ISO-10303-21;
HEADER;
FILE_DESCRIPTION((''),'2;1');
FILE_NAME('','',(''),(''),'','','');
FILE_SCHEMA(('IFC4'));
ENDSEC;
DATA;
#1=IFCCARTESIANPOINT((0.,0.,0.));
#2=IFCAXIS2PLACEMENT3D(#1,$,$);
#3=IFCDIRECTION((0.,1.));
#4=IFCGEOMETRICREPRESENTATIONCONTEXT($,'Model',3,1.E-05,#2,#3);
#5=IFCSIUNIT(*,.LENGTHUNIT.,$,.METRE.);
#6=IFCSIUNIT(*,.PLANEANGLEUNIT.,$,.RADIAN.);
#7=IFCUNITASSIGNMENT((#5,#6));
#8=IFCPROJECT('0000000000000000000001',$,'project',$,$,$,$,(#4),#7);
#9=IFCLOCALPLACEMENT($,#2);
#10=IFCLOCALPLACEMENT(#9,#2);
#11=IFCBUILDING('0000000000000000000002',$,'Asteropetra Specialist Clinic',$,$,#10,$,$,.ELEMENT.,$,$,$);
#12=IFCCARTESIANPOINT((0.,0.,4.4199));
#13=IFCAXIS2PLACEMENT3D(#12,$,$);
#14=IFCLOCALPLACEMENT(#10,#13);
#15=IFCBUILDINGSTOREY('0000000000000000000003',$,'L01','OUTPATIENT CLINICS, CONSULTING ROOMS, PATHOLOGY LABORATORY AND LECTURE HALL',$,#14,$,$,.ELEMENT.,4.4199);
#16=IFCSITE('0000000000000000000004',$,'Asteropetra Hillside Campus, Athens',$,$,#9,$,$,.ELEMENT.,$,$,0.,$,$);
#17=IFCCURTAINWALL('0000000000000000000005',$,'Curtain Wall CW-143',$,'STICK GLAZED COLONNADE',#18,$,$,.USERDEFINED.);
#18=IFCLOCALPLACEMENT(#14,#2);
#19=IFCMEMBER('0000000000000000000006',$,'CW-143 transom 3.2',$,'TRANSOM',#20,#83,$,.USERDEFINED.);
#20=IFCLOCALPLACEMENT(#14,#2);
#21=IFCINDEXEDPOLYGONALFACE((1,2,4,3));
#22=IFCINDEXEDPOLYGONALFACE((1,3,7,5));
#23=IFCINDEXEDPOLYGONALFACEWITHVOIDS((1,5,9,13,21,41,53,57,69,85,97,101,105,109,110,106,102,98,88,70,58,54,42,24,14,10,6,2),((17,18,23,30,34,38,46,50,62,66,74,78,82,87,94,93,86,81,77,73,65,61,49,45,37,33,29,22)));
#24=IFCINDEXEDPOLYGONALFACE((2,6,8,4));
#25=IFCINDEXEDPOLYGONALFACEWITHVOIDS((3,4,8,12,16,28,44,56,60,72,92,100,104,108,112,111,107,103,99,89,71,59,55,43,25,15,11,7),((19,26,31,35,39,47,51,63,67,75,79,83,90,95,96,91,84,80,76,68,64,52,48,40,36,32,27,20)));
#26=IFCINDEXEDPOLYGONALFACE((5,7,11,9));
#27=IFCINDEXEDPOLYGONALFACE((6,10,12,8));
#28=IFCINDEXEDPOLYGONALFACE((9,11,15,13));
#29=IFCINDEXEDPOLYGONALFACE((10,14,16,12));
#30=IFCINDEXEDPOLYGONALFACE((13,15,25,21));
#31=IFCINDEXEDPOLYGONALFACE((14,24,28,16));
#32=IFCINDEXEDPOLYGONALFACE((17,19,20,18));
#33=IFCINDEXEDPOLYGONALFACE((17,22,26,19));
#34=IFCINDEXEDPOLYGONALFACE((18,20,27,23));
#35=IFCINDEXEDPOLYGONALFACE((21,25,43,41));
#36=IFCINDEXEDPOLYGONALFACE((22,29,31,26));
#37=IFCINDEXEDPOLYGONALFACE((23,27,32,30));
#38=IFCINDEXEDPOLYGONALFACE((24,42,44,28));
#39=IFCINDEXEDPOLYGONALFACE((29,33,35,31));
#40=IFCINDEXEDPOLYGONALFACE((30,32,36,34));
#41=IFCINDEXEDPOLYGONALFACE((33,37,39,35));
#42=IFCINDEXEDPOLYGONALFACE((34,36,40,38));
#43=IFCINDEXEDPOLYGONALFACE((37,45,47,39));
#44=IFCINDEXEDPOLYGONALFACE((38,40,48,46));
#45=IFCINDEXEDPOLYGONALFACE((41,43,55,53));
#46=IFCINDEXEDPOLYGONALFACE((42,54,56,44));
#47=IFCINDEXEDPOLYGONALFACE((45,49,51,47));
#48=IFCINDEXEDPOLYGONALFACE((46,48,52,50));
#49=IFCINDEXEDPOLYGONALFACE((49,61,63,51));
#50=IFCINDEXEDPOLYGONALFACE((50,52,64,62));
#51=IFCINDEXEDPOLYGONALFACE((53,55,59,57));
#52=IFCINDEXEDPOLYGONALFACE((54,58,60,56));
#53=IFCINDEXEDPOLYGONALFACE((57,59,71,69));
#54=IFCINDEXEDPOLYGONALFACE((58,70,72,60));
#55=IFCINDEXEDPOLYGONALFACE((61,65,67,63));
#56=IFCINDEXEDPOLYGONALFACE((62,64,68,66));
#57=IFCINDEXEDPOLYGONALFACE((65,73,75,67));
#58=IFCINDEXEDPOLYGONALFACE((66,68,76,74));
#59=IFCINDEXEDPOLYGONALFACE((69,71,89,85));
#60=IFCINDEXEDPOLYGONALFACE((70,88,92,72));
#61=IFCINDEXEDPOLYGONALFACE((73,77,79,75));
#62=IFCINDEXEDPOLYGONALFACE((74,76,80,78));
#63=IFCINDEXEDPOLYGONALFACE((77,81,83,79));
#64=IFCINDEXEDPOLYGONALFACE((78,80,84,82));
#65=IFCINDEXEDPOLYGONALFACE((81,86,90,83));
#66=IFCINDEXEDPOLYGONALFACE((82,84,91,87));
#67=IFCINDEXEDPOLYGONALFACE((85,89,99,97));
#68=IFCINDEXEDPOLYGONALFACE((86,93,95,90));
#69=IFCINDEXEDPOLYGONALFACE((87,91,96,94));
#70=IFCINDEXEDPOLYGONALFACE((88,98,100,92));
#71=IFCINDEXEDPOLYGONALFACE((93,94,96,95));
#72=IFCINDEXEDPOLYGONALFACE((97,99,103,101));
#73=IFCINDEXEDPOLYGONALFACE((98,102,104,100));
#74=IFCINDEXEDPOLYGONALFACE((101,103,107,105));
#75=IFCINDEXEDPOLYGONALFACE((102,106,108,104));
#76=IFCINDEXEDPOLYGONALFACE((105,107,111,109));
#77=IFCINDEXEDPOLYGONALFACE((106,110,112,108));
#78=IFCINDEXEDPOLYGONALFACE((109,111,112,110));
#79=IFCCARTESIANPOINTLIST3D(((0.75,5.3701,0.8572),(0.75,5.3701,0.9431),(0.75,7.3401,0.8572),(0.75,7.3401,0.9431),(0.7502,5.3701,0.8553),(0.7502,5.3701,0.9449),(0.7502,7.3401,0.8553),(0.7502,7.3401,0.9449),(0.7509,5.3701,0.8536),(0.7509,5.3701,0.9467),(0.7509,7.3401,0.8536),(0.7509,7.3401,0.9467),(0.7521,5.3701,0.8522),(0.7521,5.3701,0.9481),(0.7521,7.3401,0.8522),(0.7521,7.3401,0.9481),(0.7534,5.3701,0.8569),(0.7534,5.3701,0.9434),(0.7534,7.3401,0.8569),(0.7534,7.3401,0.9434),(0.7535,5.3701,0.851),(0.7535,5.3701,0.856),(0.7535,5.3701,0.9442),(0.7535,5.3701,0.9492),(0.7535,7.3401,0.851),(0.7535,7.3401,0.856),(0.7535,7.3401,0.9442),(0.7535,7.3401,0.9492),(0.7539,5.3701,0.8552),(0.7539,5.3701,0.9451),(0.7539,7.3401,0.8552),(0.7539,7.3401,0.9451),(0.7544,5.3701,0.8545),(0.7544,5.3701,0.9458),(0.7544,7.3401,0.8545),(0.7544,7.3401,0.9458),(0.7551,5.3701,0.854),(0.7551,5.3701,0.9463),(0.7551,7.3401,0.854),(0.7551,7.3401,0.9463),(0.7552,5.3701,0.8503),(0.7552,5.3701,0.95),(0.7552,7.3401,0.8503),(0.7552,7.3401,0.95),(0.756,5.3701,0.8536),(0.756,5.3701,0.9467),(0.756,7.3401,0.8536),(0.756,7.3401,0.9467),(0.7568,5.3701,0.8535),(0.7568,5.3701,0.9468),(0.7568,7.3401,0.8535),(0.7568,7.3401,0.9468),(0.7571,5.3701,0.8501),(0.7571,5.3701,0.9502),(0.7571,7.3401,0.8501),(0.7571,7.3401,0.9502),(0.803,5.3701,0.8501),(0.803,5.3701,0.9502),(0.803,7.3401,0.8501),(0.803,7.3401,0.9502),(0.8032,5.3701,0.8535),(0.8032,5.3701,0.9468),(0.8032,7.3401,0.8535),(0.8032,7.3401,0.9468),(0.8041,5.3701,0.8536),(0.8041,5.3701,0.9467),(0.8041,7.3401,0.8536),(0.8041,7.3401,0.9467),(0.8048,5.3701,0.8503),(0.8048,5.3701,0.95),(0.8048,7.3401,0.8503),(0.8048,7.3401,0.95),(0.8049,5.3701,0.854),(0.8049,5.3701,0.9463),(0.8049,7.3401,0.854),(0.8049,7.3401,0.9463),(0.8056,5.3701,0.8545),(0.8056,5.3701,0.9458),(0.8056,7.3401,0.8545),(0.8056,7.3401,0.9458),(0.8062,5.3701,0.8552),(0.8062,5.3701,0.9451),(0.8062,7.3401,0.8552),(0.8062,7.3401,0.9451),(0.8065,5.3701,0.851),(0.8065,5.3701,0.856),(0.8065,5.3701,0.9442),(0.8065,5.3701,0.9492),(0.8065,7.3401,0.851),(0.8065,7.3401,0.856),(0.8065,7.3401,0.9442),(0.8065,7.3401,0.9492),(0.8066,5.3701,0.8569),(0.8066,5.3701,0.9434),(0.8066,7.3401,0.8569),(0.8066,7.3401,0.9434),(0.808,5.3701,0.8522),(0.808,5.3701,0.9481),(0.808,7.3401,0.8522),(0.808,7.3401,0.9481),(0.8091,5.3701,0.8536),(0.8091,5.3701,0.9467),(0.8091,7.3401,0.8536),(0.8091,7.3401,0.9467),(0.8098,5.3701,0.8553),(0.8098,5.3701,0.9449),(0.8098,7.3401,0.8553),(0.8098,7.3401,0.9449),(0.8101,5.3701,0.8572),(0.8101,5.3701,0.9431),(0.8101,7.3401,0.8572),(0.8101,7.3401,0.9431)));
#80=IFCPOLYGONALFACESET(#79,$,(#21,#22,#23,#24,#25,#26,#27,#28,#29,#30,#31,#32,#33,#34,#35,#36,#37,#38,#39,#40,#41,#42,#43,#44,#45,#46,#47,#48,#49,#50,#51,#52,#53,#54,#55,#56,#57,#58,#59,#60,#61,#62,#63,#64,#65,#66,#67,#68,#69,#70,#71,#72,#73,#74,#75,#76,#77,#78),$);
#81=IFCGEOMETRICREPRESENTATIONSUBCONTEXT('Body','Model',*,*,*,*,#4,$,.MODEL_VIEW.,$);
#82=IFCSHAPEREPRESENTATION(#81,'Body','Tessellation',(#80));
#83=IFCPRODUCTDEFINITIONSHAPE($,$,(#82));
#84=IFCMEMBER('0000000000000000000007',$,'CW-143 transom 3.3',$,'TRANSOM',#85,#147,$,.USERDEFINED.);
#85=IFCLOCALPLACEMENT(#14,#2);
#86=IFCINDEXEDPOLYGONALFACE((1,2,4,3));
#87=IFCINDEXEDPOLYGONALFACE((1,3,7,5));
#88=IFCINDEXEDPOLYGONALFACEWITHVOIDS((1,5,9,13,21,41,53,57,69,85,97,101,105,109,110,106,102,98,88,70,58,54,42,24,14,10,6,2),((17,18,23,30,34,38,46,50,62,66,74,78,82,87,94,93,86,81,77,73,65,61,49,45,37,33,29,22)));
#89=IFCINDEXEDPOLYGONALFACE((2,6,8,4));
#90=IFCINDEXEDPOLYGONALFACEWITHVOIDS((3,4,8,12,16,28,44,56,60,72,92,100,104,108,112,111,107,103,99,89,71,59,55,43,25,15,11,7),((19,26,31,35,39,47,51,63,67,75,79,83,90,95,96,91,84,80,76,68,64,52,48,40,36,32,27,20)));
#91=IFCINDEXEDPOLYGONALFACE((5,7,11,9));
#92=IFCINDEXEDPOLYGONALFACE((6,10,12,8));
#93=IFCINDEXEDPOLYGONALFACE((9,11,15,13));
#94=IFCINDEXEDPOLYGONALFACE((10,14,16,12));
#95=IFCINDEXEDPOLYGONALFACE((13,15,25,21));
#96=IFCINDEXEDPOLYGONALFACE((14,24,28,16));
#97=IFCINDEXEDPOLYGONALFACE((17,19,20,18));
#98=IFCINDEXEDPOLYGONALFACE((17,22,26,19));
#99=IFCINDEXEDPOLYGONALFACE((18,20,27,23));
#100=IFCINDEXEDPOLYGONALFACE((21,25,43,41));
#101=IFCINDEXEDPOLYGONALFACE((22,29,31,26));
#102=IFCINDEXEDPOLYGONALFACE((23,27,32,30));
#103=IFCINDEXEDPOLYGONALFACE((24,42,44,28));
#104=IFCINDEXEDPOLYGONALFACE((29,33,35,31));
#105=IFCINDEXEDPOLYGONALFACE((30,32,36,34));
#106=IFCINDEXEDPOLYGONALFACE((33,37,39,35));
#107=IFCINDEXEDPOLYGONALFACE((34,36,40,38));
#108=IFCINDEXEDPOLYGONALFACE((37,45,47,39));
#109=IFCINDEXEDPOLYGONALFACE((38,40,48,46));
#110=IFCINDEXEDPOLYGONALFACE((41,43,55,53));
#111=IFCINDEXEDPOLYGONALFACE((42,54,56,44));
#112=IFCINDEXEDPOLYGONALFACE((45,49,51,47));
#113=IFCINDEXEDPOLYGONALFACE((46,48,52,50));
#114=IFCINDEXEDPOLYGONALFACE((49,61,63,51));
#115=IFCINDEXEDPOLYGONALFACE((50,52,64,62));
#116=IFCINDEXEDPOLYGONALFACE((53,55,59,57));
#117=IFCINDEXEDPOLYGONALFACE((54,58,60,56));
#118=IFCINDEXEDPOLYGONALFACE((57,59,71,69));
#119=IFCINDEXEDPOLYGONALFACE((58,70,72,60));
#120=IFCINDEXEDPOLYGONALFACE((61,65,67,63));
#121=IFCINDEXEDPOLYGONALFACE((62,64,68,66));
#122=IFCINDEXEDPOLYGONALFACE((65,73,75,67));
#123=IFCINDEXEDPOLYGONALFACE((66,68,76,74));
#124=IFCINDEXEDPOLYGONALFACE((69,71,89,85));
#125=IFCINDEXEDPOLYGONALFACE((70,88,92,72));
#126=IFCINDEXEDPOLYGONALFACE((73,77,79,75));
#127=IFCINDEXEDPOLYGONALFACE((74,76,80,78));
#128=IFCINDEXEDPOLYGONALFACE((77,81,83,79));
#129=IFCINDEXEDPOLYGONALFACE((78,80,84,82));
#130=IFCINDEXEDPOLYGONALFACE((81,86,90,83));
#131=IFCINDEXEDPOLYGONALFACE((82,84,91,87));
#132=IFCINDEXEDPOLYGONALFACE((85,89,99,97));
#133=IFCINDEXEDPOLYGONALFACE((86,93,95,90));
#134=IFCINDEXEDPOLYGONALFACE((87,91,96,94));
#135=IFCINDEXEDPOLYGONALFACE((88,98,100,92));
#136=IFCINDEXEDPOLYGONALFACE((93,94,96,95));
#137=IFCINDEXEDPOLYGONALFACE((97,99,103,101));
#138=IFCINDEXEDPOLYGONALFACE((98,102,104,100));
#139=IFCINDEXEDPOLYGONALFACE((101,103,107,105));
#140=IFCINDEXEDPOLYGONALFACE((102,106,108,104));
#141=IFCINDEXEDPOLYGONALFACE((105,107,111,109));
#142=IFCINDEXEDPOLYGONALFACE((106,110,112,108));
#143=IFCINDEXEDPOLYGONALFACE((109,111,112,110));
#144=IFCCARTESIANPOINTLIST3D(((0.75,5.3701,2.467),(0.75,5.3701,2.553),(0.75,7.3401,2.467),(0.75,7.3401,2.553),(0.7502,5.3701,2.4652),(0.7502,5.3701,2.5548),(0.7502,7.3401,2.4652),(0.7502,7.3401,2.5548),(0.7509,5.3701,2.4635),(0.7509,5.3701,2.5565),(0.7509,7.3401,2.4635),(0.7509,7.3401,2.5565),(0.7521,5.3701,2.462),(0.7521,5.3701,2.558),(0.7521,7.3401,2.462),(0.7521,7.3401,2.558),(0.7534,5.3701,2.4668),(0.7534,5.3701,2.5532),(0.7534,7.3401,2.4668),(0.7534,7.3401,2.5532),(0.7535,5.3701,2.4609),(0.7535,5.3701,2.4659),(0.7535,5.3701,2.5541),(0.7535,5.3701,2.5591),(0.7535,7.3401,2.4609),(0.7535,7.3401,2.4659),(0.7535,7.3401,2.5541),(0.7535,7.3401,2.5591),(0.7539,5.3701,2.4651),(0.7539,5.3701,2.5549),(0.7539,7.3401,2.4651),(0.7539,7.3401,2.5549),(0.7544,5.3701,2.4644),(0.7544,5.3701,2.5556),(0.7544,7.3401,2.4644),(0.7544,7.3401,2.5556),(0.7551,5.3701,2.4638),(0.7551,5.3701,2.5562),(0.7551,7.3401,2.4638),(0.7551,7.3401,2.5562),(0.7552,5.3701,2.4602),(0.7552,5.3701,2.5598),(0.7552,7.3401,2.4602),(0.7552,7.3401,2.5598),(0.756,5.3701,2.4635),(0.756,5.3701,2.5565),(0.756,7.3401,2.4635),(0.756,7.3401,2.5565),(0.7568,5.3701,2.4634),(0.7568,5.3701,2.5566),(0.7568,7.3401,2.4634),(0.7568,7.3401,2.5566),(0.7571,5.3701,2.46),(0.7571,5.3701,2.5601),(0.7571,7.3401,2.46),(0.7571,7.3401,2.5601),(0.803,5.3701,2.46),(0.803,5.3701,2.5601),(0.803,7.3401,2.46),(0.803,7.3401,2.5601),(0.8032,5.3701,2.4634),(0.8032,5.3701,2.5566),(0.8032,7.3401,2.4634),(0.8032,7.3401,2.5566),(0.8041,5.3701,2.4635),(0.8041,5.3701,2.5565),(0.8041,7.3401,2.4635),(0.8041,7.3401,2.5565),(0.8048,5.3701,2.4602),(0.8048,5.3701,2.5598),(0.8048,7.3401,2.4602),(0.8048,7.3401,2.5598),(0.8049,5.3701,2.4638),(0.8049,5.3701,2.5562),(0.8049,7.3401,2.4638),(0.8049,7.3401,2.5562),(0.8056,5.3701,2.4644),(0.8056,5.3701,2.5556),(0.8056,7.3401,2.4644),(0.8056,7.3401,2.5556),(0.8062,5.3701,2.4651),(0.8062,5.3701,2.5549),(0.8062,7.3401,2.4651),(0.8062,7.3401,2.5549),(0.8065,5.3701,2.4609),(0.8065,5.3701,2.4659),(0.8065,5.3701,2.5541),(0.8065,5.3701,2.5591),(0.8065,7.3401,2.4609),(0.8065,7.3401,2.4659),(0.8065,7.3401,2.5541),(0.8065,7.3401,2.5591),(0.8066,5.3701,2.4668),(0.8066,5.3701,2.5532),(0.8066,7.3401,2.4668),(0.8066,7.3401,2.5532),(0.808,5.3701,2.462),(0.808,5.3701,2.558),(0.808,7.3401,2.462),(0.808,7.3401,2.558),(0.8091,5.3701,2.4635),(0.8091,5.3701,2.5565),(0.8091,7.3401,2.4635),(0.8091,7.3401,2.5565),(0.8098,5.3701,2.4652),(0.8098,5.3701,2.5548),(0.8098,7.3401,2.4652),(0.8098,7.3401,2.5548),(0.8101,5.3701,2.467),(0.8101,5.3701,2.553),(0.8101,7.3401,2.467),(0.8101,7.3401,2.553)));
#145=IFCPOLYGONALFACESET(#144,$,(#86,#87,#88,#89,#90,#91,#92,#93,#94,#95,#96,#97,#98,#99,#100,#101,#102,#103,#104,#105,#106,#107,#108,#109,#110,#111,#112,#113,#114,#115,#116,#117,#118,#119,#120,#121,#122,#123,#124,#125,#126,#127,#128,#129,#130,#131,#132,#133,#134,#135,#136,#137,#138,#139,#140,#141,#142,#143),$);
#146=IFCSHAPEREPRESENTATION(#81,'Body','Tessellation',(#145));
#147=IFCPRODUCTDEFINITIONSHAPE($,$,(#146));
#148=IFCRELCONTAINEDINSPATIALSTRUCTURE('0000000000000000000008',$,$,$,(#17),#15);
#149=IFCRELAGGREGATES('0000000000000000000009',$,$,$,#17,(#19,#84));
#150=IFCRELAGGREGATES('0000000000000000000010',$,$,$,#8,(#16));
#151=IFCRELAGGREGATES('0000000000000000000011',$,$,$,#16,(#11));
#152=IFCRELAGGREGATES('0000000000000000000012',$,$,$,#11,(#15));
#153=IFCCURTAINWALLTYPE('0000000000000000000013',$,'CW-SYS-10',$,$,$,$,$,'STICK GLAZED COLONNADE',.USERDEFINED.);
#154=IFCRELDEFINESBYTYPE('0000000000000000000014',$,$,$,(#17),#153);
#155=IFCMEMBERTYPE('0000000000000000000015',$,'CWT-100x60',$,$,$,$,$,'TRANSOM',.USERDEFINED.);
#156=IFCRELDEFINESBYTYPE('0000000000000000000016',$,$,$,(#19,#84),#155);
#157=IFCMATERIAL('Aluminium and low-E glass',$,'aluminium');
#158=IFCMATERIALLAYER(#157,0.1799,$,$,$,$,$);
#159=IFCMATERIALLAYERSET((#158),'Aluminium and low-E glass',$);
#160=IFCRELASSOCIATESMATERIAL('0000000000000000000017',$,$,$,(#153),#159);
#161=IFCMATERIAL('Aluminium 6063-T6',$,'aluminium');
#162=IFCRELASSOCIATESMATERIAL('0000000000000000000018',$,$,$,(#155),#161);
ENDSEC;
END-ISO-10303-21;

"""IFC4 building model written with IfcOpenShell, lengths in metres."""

from ifc_helpers import new_model, si_unit, direction, frame, origin, origin_2d, place, context, subcontext, project, spatial, hollow_rectangle, extrude, material, layer, layer_set, material_profile, profile_set, type_object, element, aggregate, save


model = new_model("IFC4")

# Units and contexts
model_context = context("Model", 3, precision=1e-05, world=origin(), true_north=direction((0.0, 1.0)))
body_context = subcontext(model_context, "Body", "Model", "MODEL_VIEW")
ifc_project = project(units=[si_unit("LENGTHUNIT", "METRE"), si_unit("PLANEANGLEUNIT", "RADIAN")], contexts=[model_context])

# Site, building, storey
site_placement = place(None, origin())
site = spatial("IfcSite", under=ifc_project, at=site_placement, Name="Asteropetra Hillside Campus, Athens", CompositionType="ELEMENT", RefElevation=0.0)
building_placement = place(site_placement, origin())
building = spatial("IfcBuilding", under=site, at=building_placement, Name="Asteropetra Specialist Clinic", CompositionType="ELEMENT")
storey_placement = place(building_placement, frame((0.0, 0.0, 4.4199)))
storey = spatial("IfcBuildingStorey", under=building, at=storey_placement, Name="L01", Description="OUTPATIENT CLINICS, CONSULTING ROOMS, PATHOLOGY LABORATORY AND LECTURE HALL", CompositionType="ELEMENT", Elevation=4.4199)

# Curtain wall, members
ifc_material_1 = material(Name="Aluminium and low-E glass", Category="aluminium")
ifc_layer_1 = layer(ifc_material_1, 0.1799)
ifc_layer_set_1 = layer_set([ifc_layer_1], Name="Aluminium and low-E glass")
curtain_wall_type = type_object("IfcCurtainWallType", Name="CW-SYS-10", ElementType="STICK GLAZED COLONNADE", PredefinedType="USERDEFINED", material=ifc_layer_set_1)
curtain_wall_placement = place(storey_placement, origin())
curtain_wall = element("IfcCurtainWall", 1, at=curtain_wall_placement, inside=storey, type_object=curtain_wall_type, Name="Curtain Wall CW-143", ObjectType="STICK GLAZED COLONNADE", PredefinedType="USERDEFINED")
ifc_material_2 = material(Name="Aluminium 6063-T6", Category="aluminium")
ifc_material_profile_1 = material_profile(ifc_material_2, hollow_rectangle(XDim=0.0601, YDim=0.1001, WallThickness=0.0034, InnerFilletRadius=0.0034, OuterFilletRadius=0.0071, at=origin_2d()), Name="TRN 100x60x3.5")
ifc_profile_set_1 = profile_set([ifc_material_profile_1], Name="Aluminium 6063-T6")
member_type_1 = type_object("IfcMemberType", Name="CWT-100x60", ElementType="TRANSOM", PredefinedType="USERDEFINED", material=ifc_profile_set_1)
member_1_placement = place(storey_placement, frame((0.78, 7.3401, 0.9001), z_axis=(0.0, -1.0, 0.0), x_axis=(1.0, 0.0, 0.0)))
member_1 = element("IfcMember", 2, at=member_1_placement, type_object=member_type_1, Name="CW-143 transom 3.2", ObjectType="TRANSOM", PredefinedType="USERDEFINED", context=body_context, shape_type="SweptSolid", body=[
    extrude(hollow_rectangle(XDim=0.0601, YDim=0.1001, WallThickness=0.0034, InnerFilletRadius=0.0034, OuterFilletRadius=0.0071, at=origin_2d()), origin(), (0.0, 0.0, 1.0), 1.97),
])
member_2_placement = place(storey_placement, frame((0.78, 7.3401, 2.51), z_axis=(0.0, -1.0, 0.0), x_axis=(1.0, 0.0, 0.0)))
member_2 = element("IfcMember", 3, at=member_2_placement, type_object=member_type_1, Name="CW-143 transom 3.3", ObjectType="TRANSOM", PredefinedType="USERDEFINED", context=body_context, shape_type="SweptSolid", body=[
    extrude(hollow_rectangle(XDim=0.0601, YDim=0.1001, WallThickness=0.0034, InnerFilletRadius=0.0034, OuterFilletRadius=0.0071, at=origin_2d()), origin(), (0.0, 0.0, 1.0), 1.97),
])

aggregate(curtain_wall, [member_1, member_2])

save(model, "model.ifc")
